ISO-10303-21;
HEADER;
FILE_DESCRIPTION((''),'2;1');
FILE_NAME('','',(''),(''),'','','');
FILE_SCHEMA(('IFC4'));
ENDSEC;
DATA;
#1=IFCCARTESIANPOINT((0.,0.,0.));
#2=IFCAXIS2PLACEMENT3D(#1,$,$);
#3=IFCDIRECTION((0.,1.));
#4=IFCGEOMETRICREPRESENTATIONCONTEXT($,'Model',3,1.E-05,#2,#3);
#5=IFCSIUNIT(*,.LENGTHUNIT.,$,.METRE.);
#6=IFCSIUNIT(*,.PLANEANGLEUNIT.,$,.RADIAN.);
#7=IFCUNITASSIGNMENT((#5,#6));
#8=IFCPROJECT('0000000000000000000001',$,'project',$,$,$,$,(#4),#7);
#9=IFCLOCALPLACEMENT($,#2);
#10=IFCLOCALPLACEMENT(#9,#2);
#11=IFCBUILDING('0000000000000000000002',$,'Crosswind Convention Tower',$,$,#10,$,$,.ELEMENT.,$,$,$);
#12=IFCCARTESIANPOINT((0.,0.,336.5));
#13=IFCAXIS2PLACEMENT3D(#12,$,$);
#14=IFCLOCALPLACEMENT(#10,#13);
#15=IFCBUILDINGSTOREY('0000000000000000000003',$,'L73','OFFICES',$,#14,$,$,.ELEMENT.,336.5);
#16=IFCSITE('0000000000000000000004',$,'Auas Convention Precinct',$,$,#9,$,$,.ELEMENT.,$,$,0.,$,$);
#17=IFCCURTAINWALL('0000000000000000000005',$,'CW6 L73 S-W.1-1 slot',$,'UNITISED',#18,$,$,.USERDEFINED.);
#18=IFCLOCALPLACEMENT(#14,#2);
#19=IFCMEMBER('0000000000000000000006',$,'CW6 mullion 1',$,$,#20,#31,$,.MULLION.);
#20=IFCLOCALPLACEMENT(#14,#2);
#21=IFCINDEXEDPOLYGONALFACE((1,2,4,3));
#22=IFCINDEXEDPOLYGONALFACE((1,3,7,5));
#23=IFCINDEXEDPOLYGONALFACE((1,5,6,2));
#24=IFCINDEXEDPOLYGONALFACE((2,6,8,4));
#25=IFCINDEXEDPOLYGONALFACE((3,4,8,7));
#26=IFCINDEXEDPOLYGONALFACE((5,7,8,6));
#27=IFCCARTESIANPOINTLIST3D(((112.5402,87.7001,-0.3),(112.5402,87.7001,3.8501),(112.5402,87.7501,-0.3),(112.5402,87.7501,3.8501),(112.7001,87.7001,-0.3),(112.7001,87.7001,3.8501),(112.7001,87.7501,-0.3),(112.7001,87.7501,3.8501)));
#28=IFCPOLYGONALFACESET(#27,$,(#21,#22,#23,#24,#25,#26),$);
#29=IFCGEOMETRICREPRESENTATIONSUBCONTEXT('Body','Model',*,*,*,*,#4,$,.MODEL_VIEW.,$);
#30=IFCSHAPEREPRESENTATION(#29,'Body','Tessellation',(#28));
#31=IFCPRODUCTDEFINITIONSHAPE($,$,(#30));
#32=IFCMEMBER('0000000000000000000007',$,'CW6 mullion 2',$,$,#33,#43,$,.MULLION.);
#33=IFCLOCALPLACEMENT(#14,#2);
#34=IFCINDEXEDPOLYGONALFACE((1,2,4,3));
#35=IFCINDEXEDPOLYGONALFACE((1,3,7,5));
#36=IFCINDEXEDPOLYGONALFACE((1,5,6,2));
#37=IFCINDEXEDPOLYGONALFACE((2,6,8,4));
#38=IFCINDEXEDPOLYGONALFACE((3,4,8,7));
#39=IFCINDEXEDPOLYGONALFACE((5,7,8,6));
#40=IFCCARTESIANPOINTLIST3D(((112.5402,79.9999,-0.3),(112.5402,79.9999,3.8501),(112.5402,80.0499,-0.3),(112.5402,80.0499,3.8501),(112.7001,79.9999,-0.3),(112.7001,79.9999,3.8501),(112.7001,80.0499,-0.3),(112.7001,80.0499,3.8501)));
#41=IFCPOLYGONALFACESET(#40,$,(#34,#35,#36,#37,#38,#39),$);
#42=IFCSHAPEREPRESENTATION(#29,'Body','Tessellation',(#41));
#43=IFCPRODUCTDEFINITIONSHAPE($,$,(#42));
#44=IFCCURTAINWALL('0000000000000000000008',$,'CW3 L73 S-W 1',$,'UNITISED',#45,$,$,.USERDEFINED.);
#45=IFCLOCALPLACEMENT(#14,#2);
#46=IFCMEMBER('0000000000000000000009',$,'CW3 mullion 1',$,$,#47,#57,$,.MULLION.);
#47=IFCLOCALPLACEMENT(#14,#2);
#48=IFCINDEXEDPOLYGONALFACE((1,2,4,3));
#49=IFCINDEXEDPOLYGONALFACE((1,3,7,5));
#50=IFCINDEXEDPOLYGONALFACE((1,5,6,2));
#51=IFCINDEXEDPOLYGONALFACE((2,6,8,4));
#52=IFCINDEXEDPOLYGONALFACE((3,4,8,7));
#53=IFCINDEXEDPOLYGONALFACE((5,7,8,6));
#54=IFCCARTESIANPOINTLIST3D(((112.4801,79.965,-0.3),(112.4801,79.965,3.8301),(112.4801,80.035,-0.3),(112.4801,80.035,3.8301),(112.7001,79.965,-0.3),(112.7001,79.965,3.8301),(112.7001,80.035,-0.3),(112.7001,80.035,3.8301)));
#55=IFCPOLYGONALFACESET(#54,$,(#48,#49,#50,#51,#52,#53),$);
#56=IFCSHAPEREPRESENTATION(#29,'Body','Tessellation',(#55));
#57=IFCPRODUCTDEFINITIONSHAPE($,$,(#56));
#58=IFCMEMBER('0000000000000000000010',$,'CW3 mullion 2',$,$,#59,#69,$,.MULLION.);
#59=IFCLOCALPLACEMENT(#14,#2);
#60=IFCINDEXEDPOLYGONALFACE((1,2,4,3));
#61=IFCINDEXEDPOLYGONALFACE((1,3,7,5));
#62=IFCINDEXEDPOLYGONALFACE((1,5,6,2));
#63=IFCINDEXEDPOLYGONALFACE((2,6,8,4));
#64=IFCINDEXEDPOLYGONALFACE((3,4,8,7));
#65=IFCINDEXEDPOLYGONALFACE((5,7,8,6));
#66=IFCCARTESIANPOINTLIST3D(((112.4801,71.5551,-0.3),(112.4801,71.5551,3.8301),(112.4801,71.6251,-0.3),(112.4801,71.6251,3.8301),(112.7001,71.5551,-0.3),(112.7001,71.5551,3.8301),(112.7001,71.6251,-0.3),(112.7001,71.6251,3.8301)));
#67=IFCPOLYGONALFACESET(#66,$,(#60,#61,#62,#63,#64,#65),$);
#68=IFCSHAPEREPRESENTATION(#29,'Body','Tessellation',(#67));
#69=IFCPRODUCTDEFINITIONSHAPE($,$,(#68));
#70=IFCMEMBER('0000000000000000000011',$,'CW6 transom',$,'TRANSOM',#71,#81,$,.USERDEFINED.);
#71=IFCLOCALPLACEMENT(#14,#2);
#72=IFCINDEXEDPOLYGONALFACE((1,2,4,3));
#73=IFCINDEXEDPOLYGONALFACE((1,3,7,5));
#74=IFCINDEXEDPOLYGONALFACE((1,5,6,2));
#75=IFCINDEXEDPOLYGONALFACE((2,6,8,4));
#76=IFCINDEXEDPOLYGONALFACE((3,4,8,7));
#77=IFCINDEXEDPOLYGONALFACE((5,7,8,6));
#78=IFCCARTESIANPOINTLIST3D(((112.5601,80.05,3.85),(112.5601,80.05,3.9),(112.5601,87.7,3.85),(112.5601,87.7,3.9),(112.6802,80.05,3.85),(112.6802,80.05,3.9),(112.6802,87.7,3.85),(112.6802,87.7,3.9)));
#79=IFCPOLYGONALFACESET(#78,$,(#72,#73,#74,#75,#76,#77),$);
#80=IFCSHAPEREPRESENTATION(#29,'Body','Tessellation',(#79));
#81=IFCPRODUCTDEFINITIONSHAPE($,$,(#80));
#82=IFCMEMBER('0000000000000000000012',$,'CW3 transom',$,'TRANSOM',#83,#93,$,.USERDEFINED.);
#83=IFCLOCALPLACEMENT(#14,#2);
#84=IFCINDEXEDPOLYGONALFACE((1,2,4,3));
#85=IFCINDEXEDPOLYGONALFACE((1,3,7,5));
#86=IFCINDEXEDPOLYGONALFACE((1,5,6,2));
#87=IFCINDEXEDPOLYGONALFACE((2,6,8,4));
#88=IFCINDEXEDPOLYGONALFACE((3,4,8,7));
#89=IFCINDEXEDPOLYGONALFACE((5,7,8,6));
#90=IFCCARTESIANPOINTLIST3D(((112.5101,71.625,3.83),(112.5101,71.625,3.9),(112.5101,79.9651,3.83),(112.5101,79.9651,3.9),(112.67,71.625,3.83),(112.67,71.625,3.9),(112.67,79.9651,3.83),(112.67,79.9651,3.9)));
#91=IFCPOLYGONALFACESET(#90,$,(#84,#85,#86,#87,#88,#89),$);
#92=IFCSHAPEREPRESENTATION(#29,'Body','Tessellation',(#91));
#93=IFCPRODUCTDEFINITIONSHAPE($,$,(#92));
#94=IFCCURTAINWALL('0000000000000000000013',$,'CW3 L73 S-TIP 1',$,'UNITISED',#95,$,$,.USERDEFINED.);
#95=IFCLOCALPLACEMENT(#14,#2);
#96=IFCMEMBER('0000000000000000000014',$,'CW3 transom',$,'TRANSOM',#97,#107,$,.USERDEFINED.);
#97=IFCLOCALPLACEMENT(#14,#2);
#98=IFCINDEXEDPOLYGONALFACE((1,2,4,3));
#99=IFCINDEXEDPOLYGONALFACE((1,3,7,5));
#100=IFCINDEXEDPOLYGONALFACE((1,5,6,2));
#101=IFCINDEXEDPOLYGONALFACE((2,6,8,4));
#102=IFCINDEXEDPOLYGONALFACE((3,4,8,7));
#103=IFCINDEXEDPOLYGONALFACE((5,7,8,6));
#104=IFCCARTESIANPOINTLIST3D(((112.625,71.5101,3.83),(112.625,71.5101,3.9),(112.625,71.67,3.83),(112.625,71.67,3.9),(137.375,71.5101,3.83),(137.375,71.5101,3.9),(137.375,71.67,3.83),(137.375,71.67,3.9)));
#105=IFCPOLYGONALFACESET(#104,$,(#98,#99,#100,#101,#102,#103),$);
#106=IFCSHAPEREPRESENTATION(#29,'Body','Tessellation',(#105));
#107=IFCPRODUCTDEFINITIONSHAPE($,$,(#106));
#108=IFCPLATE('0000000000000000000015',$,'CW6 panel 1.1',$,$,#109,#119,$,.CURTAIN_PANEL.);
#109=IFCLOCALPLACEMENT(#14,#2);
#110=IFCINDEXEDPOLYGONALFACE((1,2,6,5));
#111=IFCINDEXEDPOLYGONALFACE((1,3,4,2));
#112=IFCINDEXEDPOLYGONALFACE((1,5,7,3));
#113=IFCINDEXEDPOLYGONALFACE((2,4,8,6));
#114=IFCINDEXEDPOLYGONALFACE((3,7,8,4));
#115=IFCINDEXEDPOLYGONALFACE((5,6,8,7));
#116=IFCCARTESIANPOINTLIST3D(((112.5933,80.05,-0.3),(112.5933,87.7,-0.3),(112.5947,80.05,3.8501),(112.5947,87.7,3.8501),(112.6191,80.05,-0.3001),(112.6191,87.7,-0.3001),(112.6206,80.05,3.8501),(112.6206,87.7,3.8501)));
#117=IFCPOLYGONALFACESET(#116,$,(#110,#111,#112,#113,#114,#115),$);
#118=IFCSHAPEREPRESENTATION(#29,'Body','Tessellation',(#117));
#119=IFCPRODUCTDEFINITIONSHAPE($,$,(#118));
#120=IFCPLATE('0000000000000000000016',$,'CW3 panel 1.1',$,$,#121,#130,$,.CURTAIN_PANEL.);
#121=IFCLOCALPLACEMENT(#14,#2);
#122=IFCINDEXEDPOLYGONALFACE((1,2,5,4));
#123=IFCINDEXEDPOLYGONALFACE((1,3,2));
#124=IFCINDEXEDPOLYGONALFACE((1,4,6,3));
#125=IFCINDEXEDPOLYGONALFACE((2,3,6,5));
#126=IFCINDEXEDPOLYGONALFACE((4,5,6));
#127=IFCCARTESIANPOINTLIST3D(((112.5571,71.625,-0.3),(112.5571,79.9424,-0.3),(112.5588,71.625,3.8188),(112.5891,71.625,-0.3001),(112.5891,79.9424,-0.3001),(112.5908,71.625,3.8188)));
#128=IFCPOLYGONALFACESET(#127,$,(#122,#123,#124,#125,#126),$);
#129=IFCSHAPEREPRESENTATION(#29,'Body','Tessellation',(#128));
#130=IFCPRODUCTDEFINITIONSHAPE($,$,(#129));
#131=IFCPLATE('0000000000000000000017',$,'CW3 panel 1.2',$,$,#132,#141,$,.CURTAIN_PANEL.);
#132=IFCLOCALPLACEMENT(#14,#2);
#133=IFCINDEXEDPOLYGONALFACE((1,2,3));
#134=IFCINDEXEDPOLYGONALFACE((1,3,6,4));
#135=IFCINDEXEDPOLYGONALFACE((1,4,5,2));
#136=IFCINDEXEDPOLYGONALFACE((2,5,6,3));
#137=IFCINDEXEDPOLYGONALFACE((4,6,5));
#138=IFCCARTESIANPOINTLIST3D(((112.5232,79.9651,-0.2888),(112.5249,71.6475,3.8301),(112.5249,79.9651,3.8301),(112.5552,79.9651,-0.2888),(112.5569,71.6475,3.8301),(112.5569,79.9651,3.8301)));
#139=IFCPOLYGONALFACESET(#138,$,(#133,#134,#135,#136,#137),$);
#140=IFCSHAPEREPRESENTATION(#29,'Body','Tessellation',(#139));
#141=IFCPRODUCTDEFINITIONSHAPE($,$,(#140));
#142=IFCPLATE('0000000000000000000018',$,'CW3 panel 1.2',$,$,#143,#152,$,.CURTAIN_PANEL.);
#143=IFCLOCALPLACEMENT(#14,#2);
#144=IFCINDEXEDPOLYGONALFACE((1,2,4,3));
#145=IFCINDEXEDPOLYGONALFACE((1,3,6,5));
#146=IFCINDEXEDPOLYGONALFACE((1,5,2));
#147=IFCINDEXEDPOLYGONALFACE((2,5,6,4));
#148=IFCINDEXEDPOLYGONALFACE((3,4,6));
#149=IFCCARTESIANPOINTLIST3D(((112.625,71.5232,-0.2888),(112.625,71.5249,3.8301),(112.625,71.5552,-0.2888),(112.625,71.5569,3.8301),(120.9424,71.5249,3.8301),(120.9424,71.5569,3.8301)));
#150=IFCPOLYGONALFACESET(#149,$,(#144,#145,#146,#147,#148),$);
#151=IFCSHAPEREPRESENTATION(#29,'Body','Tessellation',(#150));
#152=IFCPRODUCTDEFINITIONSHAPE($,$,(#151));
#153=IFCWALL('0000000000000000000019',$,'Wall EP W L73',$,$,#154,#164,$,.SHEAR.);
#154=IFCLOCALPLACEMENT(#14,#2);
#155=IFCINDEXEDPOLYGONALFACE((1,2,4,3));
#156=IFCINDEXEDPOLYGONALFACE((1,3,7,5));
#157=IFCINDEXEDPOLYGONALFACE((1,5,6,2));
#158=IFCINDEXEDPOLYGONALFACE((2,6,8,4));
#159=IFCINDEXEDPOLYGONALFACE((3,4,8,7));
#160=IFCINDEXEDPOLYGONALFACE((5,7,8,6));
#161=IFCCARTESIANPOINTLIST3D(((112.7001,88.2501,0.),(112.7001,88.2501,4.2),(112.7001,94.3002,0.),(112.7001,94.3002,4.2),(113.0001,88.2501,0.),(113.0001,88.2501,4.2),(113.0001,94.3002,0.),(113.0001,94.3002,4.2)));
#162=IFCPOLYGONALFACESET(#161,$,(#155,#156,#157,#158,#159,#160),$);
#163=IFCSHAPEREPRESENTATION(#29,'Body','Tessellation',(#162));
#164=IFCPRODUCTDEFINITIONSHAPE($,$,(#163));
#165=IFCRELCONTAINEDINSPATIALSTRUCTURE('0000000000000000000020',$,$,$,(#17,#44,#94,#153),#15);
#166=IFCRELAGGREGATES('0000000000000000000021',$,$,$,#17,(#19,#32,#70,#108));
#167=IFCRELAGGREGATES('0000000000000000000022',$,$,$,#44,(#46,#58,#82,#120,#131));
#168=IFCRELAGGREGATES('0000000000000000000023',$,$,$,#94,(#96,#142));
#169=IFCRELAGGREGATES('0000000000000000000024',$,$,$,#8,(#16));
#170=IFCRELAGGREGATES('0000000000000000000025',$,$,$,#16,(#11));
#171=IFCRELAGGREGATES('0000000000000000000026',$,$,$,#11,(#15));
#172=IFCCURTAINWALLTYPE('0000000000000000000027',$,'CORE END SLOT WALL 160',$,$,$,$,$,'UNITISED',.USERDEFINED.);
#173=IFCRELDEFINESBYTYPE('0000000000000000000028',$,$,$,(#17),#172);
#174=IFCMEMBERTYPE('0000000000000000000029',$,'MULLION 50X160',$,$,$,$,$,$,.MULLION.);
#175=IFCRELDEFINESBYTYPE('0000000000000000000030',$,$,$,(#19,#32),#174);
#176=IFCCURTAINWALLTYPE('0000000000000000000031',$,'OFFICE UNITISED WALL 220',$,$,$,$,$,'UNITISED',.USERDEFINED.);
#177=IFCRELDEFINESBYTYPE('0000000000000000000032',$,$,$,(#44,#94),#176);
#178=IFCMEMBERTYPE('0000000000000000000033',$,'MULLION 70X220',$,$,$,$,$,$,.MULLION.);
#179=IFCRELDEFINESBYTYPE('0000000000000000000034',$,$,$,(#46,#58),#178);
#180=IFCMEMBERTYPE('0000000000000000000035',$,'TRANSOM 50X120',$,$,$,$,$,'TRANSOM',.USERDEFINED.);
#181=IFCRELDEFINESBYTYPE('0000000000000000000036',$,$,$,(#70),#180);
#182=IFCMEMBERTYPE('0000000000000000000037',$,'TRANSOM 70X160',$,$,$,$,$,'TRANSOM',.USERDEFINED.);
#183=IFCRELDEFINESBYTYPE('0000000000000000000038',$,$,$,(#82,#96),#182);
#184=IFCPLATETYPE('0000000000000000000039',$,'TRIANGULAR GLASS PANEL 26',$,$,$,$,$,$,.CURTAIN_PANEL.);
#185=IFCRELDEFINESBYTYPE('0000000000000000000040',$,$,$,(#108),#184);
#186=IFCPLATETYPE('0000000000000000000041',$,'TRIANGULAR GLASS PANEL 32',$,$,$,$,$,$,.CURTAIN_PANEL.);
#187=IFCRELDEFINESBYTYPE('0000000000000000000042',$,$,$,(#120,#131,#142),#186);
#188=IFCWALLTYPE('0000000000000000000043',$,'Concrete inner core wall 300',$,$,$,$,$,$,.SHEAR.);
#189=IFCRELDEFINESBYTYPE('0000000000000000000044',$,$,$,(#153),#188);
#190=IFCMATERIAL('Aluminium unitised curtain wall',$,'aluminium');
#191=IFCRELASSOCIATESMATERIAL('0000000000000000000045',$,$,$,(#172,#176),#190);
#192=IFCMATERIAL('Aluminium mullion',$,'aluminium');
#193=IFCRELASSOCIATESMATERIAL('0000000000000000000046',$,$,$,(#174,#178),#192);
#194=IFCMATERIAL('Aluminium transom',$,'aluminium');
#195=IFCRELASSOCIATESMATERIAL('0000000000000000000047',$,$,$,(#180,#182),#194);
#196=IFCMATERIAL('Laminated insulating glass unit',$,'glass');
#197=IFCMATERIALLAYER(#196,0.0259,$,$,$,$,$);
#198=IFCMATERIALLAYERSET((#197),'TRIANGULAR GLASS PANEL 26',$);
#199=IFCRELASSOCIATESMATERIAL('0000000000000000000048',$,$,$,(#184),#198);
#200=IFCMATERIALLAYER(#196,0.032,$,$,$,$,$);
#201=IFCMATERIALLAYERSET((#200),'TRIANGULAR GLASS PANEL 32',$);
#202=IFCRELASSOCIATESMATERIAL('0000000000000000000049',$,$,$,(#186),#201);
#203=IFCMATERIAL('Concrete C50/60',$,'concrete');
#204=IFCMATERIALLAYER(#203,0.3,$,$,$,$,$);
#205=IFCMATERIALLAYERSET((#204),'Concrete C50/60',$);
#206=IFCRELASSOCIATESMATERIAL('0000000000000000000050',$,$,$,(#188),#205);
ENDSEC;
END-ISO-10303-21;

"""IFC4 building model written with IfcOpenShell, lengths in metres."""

from ifc_helpers import new_model, si_unit, direction, frame, frame_2d, origin, origin_2d, place, context, subcontext, project, spatial, polyline, rectangle, outline, extrude, material, layer, layer_set, material_profile, profile_set, type_object, element, aggregate, save


model = new_model("IFC4")

# Units and contexts
model_context = context("Model", 3, precision=1e-05, world=origin(), true_north=direction((0.0, 1.0)))
body_context = subcontext(model_context, "Body", "Model", "MODEL_VIEW")
ifc_project = project(units=[si_unit("LENGTHUNIT", "METRE"), si_unit("PLANEANGLEUNIT", "RADIAN")], contexts=[model_context])

# Site, building, storey
site_placement = place(None, origin())
site = spatial("IfcSite", under=ifc_project, at=site_placement, Name="Auas Convention Precinct", CompositionType="ELEMENT", RefElevation=0.0)
building_placement = place(site_placement, origin())
building = spatial("IfcBuilding", under=site, at=building_placement, Name="Crosswind Convention Tower", CompositionType="ELEMENT")
storey_placement = place(building_placement, frame((0.0, 0.0, 336.5)))
storey = spatial("IfcBuildingStorey", under=building, at=storey_placement, Name="L73", Description="OFFICES", CompositionType="ELEMENT", Elevation=336.5)

# Curtain walls, members
ifc_material_1 = material(Name="Aluminium unitised curtain wall", Category="aluminium")
curtain_wall_type_1 = type_object("IfcCurtainWallType", Name="CORE END SLOT WALL 160", ElementType="UNITISED", PredefinedType="USERDEFINED", material=ifc_material_1)
curtain_wall_1_placement = place(storey_placement, origin())
curtain_wall_1 = element("IfcCurtainWall", 1, at=curtain_wall_1_placement, inside=storey, type_object=curtain_wall_type_1, Name="CW6 L73 S-W.1-1 slot", ObjectType="UNITISED", PredefinedType="USERDEFINED")
ifc_material_2 = material(Name="Aluminium mullion", Category="aluminium")
ifc_material_profile_1 = material_profile(ifc_material_2, rectangle(XDim=0.1599, YDim=0.05, at=origin_2d()), Name="AL 160X50")
ifc_profile_set_1 = profile_set([ifc_material_profile_1], Name="Aluminium mullion")
member_type_1 = type_object("IfcMemberType", Name="MULLION 50X160", PredefinedType="MULLION", material=ifc_profile_set_1)
member_1_placement = place(storey_placement, frame((112.6201, 87.7251, -0.3), z_axis=(0.0, 0.0, 1.0), x_axis=(-1.0, 0.0, 0.0)))
member_1 = element("IfcMember", 2, at=member_1_placement, type_object=member_type_1, Name="CW6 mullion 1", PredefinedType="MULLION", context=body_context, shape_type="SweptSolid", body=[
    extrude(rectangle(XDim=0.1599, YDim=0.05, at=origin_2d()), origin(), (0.0, 0.0, 1.0), 4.1501),
])
member_2_placement = place(storey_placement, frame((112.6201, 80.0249, -0.3), z_axis=(0.0, 0.0, 1.0), x_axis=(-1.0, 0.0, 0.0)))
member_2 = element("IfcMember", 3, at=member_2_placement, type_object=member_type_1, Name="CW6 mullion 2", PredefinedType="MULLION", context=body_context, shape_type="SweptSolid", body=[
    extrude(rectangle(XDim=0.1599, YDim=0.05, at=origin_2d()), origin(), (0.0, 0.0, 1.0), 4.1501),
])
curtain_wall_type_2 = type_object("IfcCurtainWallType", Name="OFFICE UNITISED WALL 220", ElementType="UNITISED", PredefinedType="USERDEFINED", material=ifc_material_1)
curtain_wall_2_placement = place(storey_placement, origin())
curtain_wall_2 = element("IfcCurtainWall", 4, at=curtain_wall_2_placement, inside=storey, type_object=curtain_wall_type_2, Name="CW3 L73 S-W 1", ObjectType="UNITISED", PredefinedType="USERDEFINED")
ifc_material_profile_2 = material_profile(ifc_material_2, rectangle(XDim=0.22, YDim=0.0701, at=origin_2d()), Name="AL 220X70")
ifc_profile_set_2 = profile_set([ifc_material_profile_2], Name="Aluminium mullion")
member_type_2 = type_object("IfcMemberType", Name="MULLION 70X220", PredefinedType="MULLION", material=ifc_profile_set_2)
member_3_placement = place(storey_placement, frame((112.5901, 80.0, -0.3), z_axis=(0.0, 0.0, 1.0), x_axis=(-1.0, 0.0, 0.0)))
member_3 = element("IfcMember", 5, at=member_3_placement, type_object=member_type_2, Name="CW3 mullion 1", PredefinedType="MULLION", context=body_context, shape_type="SweptSolid", body=[
    extrude(rectangle(XDim=0.22, YDim=0.0701, at=origin_2d()), origin(), (0.0, 0.0, 1.0), 4.1301),
])
member_4_placement = place(storey_placement, frame((112.5901, 71.5901, -0.3), z_axis=(0.0, 0.0, 1.0), x_axis=(-1.0, 0.0, 0.0)))
member_4 = element("IfcMember", 6, at=member_4_placement, type_object=member_type_2, Name="CW3 mullion 2", PredefinedType="MULLION", context=body_context, shape_type="SweptSolid", body=[
    extrude(rectangle(XDim=0.22, YDim=0.0701, at=origin_2d()), origin(), (0.0, 0.0, 1.0), 4.1301),
])

# Members
ifc_material_3 = material(Name="Aluminium transom", Category="aluminium")
ifc_material_profile_3 = material_profile(ifc_material_3, rectangle(XDim=0.1201, YDim=0.05, at=origin_2d()), Name="AL 120X50")
ifc_profile_set_3 = profile_set([ifc_material_profile_3], Name="Aluminium transom")
member_type_3 = type_object("IfcMemberType", Name="TRANSOM 50X120", ElementType="TRANSOM", PredefinedType="USERDEFINED", material=ifc_profile_set_3)
member_5_placement = place(storey_placement, frame((112.6201, 87.7, 3.875), z_axis=(0.0, -1.0, 0.0), x_axis=(1.0, 0.0, 0.0)))
member_5 = element("IfcMember", 7, at=member_5_placement, type_object=member_type_3, Name="CW6 transom", ObjectType="TRANSOM", PredefinedType="USERDEFINED", context=body_context, shape_type="SweptSolid", body=[
    extrude(rectangle(XDim=0.1201, YDim=0.05, at=origin_2d()), origin(), (0.0, 0.0, 1.0), 7.6499),
])
ifc_material_profile_4 = material_profile(ifc_material_3, rectangle(XDim=0.1599, YDim=0.0701, at=origin_2d()), Name="AL 160X70")
ifc_profile_set_4 = profile_set([ifc_material_profile_4], Name="Aluminium transom")
member_type_4 = type_object("IfcMemberType", Name="TRANSOM 70X160", ElementType="TRANSOM", PredefinedType="USERDEFINED", material=ifc_profile_set_4)
member_6_placement = place(storey_placement, frame((112.5901, 79.9651, 3.865), z_axis=(0.0, -1.0, 0.0), x_axis=(1.0, 0.0, 0.0)))
member_6 = element("IfcMember", 8, at=member_6_placement, type_object=member_type_4, Name="CW3 transom", ObjectType="TRANSOM", PredefinedType="USERDEFINED", context=body_context, shape_type="SweptSolid", body=[
    extrude(rectangle(XDim=0.1599, YDim=0.0701, at=origin_2d()), origin(), (0.0, 0.0, 1.0), 8.3401),
])

# Curtain wall, member
curtain_wall_3_placement = place(storey_placement, origin())
curtain_wall_3 = element("IfcCurtainWall", 9, at=curtain_wall_3_placement, inside=storey, type_object=curtain_wall_type_2, Name="CW3 L73 S-TIP 1", ObjectType="UNITISED", PredefinedType="USERDEFINED")
member_7_placement = place(storey_placement, frame((112.625, 71.5901, 3.865), z_axis=(1.0, 0.0, 0.0), x_axis=(0.0, 1.0, 0.0)))
member_7 = element("IfcMember", 10, at=member_7_placement, type_object=member_type_4, Name="CW3 transom", ObjectType="TRANSOM", PredefinedType="USERDEFINED", context=body_context, shape_type="SweptSolid", body=[
    extrude(rectangle(XDim=0.1599, YDim=0.0701, at=origin_2d()), origin(), (0.0, 0.0, 1.0), 24.75),
])

# Plates
ifc_material_4 = material(Name="Laminated insulating glass unit", Category="glass")
ifc_layer_1 = layer(ifc_material_4, 0.0259)
ifc_layer_set_1 = layer_set([ifc_layer_1], Name="TRIANGULAR GLASS PANEL 26")
plate_type_1 = type_object("IfcPlateType", Name="TRIANGULAR GLASS PANEL 26", PredefinedType="CURTAIN_PANEL", material=ifc_layer_set_1)
plate_1_placement = place(storey_placement, frame((112.5933, 87.7, -0.3), z_axis=(-1.0, 0.0, 0.000353), x_axis=(0.0, -1.0, 0.0)))
plate_1 = element("IfcPlate", 11, at=plate_1_placement, type_object=plate_type_1, Name="CW6 panel 1.1", PredefinedType="CURTAIN_PANEL", context=body_context, shape_type="SweptSolid", body=[
    extrude(outline(polyline([(0.0, 0.0), (7.6499, 0.0), (7.6499, 4.1501), (0.0, 4.1501), (0.0, 0.0)])), origin(), (0.0, 0.0, -1.0), 0.0259),
])
aggregate(curtain_wall_1, [member_1, member_2, member_5, plate_1])
ifc_layer_2 = layer(ifc_material_4, 0.032)
ifc_layer_set_2 = layer_set([ifc_layer_2], Name="TRIANGULAR GLASS PANEL 32")
plate_type_2 = type_object("IfcPlateType", Name="TRIANGULAR GLASS PANEL 32", PredefinedType="CURTAIN_PANEL", material=ifc_layer_set_2)
plate_2_placement = place(storey_placement, frame((112.5571, 71.625, -0.3), z_axis=(-1.0, 0.0, 0.000415), x_axis=(0.000415, 0.0, 1.0)))
plate_2 = element("IfcPlate", 12, at=plate_2_placement, type_object=plate_type_2, Name="CW3 panel 1.1", PredefinedType="CURTAIN_PANEL", context=body_context, shape_type="SweptSolid", body=[
    extrude(outline(polyline([(0.0, 0.0), (4.1189, 0.0), (0.0, 8.3174), (0.0, 0.0)])), origin(), (0.0, 0.0, -1.0), 0.032),
])
plate_3_placement = place(storey_placement, frame((112.5249, 79.9651, 3.8301), z_axis=(-1.0, 0.0, 0.000415), x_axis=(-0.000415, 0.0, -1.0)))
plate_3 = element("IfcPlate", 13, at=plate_3_placement, type_object=plate_type_2, Name="CW3 panel 1.2", PredefinedType="CURTAIN_PANEL", context=body_context, shape_type="SweptSolid", body=[
    extrude(outline(polyline([(0.0, 0.0), (4.1189, 0.0), (0.0, 8.3176), (0.0, 0.0)])), origin(), (0.0, 0.0, -1.0), 0.032),
])
plate_4_placement = place(storey_placement, frame((112.625, 71.5249, 3.8301), z_axis=(0.0, -1.0, 0.000415), x_axis=(0.0, -0.000415, -1.0)))
plate_4 = element("IfcPlate", 14, at=plate_4_placement, type_object=plate_type_2, Name="CW3 panel 1.2", PredefinedType="CURTAIN_PANEL", context=body_context, shape_type="SweptSolid", body=[
    extrude(outline(polyline([(0.0, 0.0), (4.1189, 0.0), (0.0, 8.3174), (0.0, 0.0)])), origin(), (0.0, 0.0, -1.0), 0.032),
])

# Wall
ifc_material_5 = material(Name="Concrete C50/60", Category="concrete")
ifc_layer_3 = layer(ifc_material_5, 0.3)
ifc_layer_set_3 = layer_set([ifc_layer_3], Name="Concrete C50/60")
wall_type_1 = type_object("IfcWallType", Name="Concrete inner core wall 300", PredefinedType="SHEAR", material=ifc_layer_set_3)
wall_1_placement = place(storey_placement, frame((112.8501, 94.3, 0.0), z_axis=(0.0, 0.0, 1.0), x_axis=(0.0, -1.0, 0.0)))
element("IfcWall", 15, at=wall_1_placement, inside=storey, type_object=wall_type_1, Name="Wall EP W L73", PredefinedType="SHEAR", context=body_context, shape_type="SweptSolid", body=[
    extrude(rectangle(XDim=6.05, YDim=0.3, at=frame_2d((3.0249, 0.0))), origin(), (0.0, 0.0, 1.0), 4.2),
])

aggregate(curtain_wall_2, [member_3, member_4, member_6, plate_2, plate_3])
aggregate(curtain_wall_3, [member_7, plate_4])

save(model, "model.ifc")
